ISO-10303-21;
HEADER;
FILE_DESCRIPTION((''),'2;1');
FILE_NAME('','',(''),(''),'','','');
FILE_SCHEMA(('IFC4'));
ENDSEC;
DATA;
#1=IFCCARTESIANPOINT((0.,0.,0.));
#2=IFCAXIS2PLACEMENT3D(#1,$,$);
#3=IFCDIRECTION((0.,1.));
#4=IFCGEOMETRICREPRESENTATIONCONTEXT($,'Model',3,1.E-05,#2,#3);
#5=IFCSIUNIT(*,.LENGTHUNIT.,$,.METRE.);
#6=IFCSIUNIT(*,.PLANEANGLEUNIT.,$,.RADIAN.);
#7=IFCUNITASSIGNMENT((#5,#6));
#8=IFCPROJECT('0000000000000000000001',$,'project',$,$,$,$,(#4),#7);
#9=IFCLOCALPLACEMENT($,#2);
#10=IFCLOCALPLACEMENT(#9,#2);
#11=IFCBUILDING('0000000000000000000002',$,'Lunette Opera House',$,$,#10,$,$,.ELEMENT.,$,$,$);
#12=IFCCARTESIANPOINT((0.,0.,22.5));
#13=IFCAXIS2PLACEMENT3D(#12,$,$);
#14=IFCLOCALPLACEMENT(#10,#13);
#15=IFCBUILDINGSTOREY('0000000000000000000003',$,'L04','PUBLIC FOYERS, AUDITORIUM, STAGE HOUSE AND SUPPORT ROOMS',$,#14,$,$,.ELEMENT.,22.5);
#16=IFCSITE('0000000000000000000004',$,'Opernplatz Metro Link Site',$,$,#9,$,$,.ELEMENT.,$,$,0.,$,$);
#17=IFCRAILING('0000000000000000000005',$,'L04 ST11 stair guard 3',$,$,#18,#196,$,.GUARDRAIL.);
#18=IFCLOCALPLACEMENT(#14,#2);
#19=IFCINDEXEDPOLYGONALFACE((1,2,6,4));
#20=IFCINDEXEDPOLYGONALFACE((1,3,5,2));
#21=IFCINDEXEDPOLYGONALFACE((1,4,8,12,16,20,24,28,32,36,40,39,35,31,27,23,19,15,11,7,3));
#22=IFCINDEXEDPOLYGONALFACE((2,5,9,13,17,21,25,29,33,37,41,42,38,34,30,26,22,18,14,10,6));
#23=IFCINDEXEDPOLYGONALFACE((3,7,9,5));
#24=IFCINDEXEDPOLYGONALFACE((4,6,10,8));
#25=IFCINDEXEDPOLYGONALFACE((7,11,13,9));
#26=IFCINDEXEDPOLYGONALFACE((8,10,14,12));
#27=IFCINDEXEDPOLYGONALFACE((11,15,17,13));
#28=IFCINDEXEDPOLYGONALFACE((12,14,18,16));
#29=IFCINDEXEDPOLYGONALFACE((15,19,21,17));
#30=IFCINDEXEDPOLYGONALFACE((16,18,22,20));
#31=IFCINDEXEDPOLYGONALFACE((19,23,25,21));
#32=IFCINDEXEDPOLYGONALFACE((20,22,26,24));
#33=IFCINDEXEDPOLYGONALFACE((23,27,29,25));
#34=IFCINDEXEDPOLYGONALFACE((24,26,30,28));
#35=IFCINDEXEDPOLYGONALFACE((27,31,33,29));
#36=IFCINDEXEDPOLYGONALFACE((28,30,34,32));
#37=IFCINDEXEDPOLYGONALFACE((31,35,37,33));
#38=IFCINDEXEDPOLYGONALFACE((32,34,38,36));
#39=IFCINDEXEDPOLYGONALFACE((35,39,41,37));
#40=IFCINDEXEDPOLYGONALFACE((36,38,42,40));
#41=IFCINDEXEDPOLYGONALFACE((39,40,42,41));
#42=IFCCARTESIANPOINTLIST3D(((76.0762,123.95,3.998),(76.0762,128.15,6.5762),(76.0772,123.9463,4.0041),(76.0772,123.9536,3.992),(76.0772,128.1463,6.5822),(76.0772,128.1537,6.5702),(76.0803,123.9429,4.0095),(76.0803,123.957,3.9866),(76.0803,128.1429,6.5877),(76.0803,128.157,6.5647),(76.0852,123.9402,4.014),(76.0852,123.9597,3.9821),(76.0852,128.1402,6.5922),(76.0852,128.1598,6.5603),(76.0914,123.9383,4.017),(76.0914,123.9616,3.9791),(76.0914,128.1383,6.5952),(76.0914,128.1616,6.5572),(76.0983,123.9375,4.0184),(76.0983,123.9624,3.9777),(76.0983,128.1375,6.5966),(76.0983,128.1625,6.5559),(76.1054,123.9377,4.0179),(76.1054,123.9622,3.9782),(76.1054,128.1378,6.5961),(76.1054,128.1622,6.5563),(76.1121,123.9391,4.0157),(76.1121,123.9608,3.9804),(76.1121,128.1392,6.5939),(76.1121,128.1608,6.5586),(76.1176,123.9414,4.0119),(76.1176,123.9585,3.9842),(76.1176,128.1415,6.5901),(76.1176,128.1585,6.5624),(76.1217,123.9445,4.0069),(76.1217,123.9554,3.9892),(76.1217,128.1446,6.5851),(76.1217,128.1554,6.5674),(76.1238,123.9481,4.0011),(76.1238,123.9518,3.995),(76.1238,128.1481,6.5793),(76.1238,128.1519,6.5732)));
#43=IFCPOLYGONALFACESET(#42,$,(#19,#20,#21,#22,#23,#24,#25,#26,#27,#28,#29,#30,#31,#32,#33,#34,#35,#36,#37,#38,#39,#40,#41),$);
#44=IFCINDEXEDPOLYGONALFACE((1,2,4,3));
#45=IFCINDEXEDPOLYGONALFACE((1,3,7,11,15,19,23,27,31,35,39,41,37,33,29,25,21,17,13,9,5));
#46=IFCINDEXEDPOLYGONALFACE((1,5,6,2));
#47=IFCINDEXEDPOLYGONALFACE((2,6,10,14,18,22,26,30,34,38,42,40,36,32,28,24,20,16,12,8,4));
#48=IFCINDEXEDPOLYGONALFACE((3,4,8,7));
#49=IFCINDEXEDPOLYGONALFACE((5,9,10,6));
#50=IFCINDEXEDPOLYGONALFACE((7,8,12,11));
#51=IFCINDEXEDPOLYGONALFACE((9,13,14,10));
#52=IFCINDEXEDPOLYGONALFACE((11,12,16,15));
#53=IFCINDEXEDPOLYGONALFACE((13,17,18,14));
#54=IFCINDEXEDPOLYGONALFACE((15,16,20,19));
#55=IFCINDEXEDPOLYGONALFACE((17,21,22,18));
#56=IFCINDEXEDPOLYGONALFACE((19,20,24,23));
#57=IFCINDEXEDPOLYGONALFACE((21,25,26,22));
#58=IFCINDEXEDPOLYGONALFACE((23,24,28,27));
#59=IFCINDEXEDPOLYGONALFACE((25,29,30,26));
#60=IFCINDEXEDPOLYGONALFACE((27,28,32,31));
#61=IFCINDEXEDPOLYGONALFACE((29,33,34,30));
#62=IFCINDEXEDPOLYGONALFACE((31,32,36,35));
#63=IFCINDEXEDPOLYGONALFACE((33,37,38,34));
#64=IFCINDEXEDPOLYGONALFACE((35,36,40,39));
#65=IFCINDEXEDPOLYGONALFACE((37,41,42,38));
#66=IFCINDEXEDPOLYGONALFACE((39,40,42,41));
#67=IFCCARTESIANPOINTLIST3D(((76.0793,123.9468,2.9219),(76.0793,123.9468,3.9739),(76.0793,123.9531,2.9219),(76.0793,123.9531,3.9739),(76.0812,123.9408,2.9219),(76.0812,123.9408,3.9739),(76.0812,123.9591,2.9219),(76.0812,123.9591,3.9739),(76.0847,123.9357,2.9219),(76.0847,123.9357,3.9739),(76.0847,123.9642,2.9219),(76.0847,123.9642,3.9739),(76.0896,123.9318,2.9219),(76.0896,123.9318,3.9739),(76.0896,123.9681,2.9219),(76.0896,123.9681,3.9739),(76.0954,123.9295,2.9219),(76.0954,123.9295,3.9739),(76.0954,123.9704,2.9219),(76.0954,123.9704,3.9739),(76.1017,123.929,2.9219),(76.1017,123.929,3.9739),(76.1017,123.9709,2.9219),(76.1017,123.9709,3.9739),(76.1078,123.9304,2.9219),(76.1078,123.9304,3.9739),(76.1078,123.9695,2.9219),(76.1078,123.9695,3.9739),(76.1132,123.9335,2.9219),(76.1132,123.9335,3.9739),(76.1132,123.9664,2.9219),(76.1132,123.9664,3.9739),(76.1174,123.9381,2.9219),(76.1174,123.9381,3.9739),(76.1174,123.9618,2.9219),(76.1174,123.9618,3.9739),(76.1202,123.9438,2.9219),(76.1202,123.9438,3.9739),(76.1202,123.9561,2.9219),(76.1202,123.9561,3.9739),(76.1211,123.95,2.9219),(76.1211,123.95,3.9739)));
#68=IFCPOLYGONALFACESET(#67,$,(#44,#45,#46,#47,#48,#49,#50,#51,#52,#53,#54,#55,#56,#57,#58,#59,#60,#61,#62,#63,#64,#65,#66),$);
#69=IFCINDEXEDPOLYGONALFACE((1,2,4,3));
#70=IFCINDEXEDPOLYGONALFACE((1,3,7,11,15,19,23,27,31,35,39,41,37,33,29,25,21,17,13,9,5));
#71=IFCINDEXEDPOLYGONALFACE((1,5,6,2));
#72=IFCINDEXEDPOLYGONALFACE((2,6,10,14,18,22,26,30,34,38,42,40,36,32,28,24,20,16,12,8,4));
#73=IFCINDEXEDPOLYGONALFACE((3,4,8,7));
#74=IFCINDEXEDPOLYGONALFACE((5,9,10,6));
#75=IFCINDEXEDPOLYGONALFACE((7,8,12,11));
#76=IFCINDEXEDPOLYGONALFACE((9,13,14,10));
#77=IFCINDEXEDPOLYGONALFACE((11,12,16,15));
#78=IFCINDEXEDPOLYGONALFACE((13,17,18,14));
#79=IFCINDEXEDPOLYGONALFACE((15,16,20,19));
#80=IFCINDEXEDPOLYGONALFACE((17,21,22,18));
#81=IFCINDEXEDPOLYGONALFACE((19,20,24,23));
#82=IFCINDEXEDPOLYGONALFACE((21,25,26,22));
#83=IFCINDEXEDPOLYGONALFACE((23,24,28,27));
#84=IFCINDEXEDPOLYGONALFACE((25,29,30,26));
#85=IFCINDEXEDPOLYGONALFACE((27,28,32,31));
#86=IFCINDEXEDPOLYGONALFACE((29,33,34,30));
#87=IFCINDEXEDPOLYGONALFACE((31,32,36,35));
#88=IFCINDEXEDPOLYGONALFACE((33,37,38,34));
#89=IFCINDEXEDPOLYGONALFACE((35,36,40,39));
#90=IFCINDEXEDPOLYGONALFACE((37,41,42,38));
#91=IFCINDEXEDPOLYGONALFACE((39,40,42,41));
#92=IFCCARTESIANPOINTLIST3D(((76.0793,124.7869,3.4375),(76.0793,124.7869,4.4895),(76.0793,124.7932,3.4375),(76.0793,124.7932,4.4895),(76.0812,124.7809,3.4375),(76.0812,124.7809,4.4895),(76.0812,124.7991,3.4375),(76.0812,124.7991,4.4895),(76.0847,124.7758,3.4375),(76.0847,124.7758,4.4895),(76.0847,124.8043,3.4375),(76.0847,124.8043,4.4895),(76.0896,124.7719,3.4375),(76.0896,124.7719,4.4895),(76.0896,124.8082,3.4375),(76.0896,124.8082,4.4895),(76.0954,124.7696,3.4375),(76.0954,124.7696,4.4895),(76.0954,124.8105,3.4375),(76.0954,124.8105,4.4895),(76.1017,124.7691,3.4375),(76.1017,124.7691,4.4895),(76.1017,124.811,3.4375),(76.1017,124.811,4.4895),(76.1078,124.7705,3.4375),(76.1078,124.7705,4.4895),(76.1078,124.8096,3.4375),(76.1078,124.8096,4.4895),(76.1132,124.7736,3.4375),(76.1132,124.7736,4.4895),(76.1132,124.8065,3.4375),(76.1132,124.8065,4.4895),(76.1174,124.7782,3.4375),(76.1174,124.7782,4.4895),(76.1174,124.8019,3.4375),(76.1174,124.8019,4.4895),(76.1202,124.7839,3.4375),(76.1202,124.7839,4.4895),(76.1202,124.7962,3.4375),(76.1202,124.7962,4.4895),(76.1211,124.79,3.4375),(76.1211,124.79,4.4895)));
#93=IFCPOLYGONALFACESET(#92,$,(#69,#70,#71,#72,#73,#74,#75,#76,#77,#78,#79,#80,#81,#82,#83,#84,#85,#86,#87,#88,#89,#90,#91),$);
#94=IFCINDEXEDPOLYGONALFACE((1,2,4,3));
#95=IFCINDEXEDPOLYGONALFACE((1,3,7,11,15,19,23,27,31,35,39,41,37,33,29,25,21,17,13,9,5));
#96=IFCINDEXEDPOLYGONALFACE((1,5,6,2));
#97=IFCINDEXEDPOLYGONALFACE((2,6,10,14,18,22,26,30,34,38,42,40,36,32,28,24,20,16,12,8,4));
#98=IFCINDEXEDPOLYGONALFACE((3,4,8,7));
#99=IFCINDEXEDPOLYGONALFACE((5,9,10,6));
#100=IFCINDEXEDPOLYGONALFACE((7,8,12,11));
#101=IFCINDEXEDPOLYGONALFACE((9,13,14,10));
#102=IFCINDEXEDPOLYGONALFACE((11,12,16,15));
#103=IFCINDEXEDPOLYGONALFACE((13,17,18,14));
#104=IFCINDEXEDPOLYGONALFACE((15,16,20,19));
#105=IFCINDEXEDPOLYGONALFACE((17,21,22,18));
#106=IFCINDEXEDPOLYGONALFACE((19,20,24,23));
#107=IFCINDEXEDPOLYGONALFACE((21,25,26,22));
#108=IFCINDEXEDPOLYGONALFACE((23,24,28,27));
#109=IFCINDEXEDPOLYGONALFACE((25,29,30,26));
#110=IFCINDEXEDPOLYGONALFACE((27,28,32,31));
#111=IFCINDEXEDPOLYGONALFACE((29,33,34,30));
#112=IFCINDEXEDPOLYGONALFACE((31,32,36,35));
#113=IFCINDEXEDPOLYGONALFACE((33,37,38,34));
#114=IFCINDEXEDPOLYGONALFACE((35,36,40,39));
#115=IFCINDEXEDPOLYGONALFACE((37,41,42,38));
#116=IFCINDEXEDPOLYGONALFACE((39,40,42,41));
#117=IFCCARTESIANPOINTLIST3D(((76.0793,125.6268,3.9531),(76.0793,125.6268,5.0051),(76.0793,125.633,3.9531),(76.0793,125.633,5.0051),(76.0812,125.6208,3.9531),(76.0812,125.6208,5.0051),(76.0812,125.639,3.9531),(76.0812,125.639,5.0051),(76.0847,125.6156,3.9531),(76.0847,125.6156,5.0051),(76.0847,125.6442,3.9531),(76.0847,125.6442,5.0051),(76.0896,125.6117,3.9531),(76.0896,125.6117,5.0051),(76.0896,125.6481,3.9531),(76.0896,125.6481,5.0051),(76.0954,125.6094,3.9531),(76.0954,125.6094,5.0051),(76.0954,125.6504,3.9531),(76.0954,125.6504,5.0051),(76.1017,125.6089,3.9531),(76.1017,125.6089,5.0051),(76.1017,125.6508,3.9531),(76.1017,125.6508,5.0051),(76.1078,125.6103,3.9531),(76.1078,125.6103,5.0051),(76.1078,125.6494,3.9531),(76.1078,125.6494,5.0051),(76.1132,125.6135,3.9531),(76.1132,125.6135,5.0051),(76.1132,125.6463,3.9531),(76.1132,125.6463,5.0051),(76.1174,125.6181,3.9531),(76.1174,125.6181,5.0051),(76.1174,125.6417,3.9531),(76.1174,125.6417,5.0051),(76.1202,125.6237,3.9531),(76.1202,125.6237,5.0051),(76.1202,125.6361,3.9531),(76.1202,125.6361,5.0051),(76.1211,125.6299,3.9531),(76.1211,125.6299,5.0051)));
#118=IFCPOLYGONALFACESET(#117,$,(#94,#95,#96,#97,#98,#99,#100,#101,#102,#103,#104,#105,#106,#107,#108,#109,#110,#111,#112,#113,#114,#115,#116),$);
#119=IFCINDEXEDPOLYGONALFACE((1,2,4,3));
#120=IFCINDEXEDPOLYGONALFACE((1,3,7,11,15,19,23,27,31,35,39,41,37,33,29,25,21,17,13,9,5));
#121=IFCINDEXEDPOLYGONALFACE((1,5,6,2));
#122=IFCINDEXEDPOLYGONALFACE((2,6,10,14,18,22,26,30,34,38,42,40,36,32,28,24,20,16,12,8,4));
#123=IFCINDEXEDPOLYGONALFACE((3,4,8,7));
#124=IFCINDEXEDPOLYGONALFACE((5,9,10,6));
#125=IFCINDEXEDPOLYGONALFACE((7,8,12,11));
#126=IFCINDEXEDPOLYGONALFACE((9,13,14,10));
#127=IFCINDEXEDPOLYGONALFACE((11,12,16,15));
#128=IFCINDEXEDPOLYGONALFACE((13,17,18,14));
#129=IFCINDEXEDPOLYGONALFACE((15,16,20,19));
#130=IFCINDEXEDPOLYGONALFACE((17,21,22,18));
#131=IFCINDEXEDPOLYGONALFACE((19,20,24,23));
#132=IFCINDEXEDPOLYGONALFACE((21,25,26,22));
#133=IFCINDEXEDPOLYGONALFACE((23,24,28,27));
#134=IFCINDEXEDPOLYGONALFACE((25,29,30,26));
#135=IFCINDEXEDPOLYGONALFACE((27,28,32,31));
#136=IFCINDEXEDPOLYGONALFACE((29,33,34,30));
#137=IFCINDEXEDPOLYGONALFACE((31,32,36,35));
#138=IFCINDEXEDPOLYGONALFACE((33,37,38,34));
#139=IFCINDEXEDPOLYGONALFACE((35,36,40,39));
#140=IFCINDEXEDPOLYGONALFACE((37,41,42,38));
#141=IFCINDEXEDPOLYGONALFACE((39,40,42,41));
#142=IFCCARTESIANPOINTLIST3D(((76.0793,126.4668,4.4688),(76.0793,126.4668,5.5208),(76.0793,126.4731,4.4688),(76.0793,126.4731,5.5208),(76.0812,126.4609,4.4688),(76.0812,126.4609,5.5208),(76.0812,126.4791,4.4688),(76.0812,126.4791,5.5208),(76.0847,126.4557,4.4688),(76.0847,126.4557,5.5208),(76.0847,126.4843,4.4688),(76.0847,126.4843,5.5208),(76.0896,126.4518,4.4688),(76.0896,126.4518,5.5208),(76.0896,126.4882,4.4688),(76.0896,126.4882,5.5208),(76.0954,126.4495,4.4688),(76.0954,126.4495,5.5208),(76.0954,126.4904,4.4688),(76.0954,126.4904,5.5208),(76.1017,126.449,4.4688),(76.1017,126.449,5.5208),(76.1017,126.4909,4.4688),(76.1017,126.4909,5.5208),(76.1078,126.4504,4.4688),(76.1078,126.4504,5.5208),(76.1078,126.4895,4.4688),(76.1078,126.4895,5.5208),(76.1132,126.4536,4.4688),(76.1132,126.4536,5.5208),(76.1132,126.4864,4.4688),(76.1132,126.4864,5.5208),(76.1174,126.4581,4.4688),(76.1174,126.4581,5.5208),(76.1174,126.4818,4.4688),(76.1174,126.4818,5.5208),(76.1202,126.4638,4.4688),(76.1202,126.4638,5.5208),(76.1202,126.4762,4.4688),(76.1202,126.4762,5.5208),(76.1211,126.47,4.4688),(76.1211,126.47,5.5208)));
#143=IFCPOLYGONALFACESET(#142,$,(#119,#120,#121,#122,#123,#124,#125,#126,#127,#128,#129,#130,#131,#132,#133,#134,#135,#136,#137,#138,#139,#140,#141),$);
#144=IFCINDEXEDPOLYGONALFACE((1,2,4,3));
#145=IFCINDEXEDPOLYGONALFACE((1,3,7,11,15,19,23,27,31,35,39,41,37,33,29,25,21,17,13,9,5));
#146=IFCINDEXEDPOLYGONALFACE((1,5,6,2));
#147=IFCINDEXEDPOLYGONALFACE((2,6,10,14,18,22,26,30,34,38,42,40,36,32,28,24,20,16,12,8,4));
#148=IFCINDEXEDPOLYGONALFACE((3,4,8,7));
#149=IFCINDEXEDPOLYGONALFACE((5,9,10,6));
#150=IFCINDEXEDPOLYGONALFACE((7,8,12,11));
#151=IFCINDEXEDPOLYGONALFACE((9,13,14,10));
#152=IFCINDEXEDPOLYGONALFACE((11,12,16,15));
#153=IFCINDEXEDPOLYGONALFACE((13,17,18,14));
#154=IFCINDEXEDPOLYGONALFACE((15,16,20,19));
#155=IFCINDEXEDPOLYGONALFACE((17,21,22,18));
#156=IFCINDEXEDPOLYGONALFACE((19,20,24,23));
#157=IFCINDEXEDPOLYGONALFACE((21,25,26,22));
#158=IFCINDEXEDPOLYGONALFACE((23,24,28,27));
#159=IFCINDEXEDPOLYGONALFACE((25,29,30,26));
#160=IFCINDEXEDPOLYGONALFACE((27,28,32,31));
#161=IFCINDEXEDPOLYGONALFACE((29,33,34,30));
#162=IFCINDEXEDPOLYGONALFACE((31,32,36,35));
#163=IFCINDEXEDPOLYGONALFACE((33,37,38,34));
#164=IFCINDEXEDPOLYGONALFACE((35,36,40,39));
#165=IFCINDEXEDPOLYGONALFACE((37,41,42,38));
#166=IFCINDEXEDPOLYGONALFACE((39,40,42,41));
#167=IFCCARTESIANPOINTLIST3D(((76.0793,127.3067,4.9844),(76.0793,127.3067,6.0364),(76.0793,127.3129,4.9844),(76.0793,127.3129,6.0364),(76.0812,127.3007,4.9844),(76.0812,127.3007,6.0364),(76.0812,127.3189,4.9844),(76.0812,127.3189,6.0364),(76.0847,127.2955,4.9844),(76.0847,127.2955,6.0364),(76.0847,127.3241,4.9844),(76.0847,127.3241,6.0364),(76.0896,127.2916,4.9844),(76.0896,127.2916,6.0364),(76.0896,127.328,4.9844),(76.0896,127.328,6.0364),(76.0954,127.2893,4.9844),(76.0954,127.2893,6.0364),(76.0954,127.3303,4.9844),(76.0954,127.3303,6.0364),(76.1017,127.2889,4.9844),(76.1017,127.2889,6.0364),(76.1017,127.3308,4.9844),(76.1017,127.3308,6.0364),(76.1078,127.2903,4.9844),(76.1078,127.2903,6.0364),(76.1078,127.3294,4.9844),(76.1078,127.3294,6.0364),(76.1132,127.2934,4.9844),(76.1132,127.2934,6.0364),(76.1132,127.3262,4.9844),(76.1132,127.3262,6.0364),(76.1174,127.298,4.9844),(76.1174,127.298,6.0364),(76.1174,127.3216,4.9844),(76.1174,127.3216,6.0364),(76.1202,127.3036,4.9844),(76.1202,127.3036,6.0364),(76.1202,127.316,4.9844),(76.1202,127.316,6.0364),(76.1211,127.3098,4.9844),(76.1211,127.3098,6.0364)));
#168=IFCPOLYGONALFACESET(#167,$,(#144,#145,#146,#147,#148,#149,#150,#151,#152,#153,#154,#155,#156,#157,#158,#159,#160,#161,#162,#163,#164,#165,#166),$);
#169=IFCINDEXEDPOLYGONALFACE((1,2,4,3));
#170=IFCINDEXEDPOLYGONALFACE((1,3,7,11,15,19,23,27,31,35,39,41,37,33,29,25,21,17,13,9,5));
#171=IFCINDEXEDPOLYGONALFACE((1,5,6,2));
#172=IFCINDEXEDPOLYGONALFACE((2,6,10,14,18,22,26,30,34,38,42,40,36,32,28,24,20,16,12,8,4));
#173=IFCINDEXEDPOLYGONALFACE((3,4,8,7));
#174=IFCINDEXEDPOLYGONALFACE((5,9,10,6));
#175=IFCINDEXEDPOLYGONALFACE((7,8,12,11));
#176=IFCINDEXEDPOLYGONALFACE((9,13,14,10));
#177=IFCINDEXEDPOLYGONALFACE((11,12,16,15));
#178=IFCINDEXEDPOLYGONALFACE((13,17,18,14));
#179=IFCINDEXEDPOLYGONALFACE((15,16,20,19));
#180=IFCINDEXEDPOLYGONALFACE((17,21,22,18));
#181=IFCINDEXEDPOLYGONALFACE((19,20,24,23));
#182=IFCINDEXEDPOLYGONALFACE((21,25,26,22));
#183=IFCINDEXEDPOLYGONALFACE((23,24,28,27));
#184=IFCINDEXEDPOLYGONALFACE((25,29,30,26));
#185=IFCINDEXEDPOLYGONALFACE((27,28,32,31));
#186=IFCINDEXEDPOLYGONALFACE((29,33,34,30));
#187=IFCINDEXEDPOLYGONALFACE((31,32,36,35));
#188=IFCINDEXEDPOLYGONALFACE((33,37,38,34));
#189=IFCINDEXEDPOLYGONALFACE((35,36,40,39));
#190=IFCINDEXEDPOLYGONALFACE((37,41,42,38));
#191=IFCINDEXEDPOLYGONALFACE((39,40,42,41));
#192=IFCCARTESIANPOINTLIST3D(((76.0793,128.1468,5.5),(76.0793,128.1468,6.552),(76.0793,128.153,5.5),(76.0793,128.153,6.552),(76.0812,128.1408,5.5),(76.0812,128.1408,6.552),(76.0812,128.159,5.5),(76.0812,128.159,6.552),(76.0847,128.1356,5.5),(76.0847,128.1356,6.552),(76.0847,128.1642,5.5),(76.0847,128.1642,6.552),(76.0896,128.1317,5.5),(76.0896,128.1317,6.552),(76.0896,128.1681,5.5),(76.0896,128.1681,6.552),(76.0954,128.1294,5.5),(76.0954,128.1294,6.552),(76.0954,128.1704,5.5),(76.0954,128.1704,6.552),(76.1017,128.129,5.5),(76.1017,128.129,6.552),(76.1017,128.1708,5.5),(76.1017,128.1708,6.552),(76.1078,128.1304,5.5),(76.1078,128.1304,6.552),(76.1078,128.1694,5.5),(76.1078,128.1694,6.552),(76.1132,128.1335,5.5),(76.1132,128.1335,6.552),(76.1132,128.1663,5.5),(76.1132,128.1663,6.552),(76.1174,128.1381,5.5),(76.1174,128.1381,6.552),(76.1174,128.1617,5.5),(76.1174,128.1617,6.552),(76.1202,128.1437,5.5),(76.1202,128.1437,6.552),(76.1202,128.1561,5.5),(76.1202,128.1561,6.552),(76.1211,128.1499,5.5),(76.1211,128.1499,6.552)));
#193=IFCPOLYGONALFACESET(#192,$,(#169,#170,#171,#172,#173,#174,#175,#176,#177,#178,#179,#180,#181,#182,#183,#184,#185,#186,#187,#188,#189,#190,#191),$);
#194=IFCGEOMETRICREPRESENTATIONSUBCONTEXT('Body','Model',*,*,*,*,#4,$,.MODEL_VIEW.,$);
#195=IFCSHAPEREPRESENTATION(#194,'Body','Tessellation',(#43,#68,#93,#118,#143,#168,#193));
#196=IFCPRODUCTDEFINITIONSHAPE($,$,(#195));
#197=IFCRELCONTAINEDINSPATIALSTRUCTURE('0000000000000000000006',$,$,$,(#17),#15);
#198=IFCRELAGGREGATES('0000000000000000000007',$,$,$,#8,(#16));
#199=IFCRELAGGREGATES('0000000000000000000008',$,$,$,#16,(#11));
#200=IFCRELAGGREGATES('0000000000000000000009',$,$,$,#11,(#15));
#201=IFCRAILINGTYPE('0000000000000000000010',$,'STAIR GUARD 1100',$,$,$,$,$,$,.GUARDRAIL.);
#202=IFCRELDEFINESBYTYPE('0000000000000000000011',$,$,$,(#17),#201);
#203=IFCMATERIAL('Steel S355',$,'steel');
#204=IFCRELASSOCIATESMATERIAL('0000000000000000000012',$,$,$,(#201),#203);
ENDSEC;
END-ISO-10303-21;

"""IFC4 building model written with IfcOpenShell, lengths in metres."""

from ifc_helpers import new_model, si_unit, direction, frame, origin, origin_2d, place, context, subcontext, project, spatial, circle, extrude, material, type_object, element, save


model = new_model("IFC4")

# Units and contexts
model_context = context("Model", 3, precision=1e-05, world=origin(), true_north=direction((0.0, 1.0)))
body_context = subcontext(model_context, "Body", "Model", "MODEL_VIEW")
ifc_project = project(units=[si_unit("LENGTHUNIT", "METRE"), si_unit("PLANEANGLEUNIT", "RADIAN")], contexts=[model_context])

# Site, building, storey
site_placement = place(None, origin())
site = spatial("IfcSite", under=ifc_project, at=site_placement, Name="Opernplatz Metro Link Site", CompositionType="ELEMENT", RefElevation=0.0)
building_placement = place(site_placement, origin())
building = spatial("IfcBuilding", under=site, at=building_placement, Name="Lunette Opera House", CompositionType="ELEMENT")
storey_placement = place(building_placement, frame((0.0, 0.0, 22.5)))
storey = spatial("IfcBuildingStorey", under=building, at=storey_placement, Name="L04", Description="PUBLIC FOYERS, AUDITORIUM, STAGE HOUSE AND SUPPORT ROOMS", CompositionType="ELEMENT", Elevation=22.5)

# Railing
ifc_material_1 = material(Name="Steel S355", Category="steel")
railing_type_1 = type_object("IfcRailingType", Name="STAIR GUARD 1100", PredefinedType="GUARDRAIL", material=ifc_material_1)
railing_1_placement = place(storey_placement, frame((76.1001, 123.95, 2.9219)))
element("IfcRailing", 1, at=railing_1_placement, inside=storey, type_object=railing_type_1, Name="L04 ST11 stair guard 3", PredefinedType="GUARDRAIL", context=body_context, shape_type="SweptSolid", body=[
    extrude(circle(Radius=0.0239, at=origin_2d()), frame((0.0, 0.0, 1.0762), z_axis=(0.0, 0.852243, 0.523146), x_axis=(-1.0, 0.0, 0.0)), (0.0, 0.0, 1.0), 4.9282),
    extrude(circle(Radius=0.021, at=origin_2d()), origin(), (0.0, 0.0, 1.0), 1.052),
    extrude(circle(Radius=0.021, at=origin_2d()), frame((0.0, 0.8401, 0.5156)), (0.0, 0.0, 1.0), 1.052),
    extrude(circle(Radius=0.021, at=origin_2d()), frame((0.0, 1.6799, 1.0312)), (0.0, 0.0, 1.0), 1.052),
    extrude(circle(Radius=0.021, at=origin_2d()), frame((0.0, 2.52, 1.5469)), (0.0, 0.0, 1.0), 1.052),
    extrude(circle(Radius=0.021, at=origin_2d()), frame((0.0, 3.3599, 2.0625)), (0.0, 0.0, 1.0), 1.052),
    extrude(circle(Radius=0.021, at=origin_2d()), frame((0.0, 4.2, 2.5781)), (0.0, 0.0, 1.0), 1.052),
])

save(model, "model.ifc")
